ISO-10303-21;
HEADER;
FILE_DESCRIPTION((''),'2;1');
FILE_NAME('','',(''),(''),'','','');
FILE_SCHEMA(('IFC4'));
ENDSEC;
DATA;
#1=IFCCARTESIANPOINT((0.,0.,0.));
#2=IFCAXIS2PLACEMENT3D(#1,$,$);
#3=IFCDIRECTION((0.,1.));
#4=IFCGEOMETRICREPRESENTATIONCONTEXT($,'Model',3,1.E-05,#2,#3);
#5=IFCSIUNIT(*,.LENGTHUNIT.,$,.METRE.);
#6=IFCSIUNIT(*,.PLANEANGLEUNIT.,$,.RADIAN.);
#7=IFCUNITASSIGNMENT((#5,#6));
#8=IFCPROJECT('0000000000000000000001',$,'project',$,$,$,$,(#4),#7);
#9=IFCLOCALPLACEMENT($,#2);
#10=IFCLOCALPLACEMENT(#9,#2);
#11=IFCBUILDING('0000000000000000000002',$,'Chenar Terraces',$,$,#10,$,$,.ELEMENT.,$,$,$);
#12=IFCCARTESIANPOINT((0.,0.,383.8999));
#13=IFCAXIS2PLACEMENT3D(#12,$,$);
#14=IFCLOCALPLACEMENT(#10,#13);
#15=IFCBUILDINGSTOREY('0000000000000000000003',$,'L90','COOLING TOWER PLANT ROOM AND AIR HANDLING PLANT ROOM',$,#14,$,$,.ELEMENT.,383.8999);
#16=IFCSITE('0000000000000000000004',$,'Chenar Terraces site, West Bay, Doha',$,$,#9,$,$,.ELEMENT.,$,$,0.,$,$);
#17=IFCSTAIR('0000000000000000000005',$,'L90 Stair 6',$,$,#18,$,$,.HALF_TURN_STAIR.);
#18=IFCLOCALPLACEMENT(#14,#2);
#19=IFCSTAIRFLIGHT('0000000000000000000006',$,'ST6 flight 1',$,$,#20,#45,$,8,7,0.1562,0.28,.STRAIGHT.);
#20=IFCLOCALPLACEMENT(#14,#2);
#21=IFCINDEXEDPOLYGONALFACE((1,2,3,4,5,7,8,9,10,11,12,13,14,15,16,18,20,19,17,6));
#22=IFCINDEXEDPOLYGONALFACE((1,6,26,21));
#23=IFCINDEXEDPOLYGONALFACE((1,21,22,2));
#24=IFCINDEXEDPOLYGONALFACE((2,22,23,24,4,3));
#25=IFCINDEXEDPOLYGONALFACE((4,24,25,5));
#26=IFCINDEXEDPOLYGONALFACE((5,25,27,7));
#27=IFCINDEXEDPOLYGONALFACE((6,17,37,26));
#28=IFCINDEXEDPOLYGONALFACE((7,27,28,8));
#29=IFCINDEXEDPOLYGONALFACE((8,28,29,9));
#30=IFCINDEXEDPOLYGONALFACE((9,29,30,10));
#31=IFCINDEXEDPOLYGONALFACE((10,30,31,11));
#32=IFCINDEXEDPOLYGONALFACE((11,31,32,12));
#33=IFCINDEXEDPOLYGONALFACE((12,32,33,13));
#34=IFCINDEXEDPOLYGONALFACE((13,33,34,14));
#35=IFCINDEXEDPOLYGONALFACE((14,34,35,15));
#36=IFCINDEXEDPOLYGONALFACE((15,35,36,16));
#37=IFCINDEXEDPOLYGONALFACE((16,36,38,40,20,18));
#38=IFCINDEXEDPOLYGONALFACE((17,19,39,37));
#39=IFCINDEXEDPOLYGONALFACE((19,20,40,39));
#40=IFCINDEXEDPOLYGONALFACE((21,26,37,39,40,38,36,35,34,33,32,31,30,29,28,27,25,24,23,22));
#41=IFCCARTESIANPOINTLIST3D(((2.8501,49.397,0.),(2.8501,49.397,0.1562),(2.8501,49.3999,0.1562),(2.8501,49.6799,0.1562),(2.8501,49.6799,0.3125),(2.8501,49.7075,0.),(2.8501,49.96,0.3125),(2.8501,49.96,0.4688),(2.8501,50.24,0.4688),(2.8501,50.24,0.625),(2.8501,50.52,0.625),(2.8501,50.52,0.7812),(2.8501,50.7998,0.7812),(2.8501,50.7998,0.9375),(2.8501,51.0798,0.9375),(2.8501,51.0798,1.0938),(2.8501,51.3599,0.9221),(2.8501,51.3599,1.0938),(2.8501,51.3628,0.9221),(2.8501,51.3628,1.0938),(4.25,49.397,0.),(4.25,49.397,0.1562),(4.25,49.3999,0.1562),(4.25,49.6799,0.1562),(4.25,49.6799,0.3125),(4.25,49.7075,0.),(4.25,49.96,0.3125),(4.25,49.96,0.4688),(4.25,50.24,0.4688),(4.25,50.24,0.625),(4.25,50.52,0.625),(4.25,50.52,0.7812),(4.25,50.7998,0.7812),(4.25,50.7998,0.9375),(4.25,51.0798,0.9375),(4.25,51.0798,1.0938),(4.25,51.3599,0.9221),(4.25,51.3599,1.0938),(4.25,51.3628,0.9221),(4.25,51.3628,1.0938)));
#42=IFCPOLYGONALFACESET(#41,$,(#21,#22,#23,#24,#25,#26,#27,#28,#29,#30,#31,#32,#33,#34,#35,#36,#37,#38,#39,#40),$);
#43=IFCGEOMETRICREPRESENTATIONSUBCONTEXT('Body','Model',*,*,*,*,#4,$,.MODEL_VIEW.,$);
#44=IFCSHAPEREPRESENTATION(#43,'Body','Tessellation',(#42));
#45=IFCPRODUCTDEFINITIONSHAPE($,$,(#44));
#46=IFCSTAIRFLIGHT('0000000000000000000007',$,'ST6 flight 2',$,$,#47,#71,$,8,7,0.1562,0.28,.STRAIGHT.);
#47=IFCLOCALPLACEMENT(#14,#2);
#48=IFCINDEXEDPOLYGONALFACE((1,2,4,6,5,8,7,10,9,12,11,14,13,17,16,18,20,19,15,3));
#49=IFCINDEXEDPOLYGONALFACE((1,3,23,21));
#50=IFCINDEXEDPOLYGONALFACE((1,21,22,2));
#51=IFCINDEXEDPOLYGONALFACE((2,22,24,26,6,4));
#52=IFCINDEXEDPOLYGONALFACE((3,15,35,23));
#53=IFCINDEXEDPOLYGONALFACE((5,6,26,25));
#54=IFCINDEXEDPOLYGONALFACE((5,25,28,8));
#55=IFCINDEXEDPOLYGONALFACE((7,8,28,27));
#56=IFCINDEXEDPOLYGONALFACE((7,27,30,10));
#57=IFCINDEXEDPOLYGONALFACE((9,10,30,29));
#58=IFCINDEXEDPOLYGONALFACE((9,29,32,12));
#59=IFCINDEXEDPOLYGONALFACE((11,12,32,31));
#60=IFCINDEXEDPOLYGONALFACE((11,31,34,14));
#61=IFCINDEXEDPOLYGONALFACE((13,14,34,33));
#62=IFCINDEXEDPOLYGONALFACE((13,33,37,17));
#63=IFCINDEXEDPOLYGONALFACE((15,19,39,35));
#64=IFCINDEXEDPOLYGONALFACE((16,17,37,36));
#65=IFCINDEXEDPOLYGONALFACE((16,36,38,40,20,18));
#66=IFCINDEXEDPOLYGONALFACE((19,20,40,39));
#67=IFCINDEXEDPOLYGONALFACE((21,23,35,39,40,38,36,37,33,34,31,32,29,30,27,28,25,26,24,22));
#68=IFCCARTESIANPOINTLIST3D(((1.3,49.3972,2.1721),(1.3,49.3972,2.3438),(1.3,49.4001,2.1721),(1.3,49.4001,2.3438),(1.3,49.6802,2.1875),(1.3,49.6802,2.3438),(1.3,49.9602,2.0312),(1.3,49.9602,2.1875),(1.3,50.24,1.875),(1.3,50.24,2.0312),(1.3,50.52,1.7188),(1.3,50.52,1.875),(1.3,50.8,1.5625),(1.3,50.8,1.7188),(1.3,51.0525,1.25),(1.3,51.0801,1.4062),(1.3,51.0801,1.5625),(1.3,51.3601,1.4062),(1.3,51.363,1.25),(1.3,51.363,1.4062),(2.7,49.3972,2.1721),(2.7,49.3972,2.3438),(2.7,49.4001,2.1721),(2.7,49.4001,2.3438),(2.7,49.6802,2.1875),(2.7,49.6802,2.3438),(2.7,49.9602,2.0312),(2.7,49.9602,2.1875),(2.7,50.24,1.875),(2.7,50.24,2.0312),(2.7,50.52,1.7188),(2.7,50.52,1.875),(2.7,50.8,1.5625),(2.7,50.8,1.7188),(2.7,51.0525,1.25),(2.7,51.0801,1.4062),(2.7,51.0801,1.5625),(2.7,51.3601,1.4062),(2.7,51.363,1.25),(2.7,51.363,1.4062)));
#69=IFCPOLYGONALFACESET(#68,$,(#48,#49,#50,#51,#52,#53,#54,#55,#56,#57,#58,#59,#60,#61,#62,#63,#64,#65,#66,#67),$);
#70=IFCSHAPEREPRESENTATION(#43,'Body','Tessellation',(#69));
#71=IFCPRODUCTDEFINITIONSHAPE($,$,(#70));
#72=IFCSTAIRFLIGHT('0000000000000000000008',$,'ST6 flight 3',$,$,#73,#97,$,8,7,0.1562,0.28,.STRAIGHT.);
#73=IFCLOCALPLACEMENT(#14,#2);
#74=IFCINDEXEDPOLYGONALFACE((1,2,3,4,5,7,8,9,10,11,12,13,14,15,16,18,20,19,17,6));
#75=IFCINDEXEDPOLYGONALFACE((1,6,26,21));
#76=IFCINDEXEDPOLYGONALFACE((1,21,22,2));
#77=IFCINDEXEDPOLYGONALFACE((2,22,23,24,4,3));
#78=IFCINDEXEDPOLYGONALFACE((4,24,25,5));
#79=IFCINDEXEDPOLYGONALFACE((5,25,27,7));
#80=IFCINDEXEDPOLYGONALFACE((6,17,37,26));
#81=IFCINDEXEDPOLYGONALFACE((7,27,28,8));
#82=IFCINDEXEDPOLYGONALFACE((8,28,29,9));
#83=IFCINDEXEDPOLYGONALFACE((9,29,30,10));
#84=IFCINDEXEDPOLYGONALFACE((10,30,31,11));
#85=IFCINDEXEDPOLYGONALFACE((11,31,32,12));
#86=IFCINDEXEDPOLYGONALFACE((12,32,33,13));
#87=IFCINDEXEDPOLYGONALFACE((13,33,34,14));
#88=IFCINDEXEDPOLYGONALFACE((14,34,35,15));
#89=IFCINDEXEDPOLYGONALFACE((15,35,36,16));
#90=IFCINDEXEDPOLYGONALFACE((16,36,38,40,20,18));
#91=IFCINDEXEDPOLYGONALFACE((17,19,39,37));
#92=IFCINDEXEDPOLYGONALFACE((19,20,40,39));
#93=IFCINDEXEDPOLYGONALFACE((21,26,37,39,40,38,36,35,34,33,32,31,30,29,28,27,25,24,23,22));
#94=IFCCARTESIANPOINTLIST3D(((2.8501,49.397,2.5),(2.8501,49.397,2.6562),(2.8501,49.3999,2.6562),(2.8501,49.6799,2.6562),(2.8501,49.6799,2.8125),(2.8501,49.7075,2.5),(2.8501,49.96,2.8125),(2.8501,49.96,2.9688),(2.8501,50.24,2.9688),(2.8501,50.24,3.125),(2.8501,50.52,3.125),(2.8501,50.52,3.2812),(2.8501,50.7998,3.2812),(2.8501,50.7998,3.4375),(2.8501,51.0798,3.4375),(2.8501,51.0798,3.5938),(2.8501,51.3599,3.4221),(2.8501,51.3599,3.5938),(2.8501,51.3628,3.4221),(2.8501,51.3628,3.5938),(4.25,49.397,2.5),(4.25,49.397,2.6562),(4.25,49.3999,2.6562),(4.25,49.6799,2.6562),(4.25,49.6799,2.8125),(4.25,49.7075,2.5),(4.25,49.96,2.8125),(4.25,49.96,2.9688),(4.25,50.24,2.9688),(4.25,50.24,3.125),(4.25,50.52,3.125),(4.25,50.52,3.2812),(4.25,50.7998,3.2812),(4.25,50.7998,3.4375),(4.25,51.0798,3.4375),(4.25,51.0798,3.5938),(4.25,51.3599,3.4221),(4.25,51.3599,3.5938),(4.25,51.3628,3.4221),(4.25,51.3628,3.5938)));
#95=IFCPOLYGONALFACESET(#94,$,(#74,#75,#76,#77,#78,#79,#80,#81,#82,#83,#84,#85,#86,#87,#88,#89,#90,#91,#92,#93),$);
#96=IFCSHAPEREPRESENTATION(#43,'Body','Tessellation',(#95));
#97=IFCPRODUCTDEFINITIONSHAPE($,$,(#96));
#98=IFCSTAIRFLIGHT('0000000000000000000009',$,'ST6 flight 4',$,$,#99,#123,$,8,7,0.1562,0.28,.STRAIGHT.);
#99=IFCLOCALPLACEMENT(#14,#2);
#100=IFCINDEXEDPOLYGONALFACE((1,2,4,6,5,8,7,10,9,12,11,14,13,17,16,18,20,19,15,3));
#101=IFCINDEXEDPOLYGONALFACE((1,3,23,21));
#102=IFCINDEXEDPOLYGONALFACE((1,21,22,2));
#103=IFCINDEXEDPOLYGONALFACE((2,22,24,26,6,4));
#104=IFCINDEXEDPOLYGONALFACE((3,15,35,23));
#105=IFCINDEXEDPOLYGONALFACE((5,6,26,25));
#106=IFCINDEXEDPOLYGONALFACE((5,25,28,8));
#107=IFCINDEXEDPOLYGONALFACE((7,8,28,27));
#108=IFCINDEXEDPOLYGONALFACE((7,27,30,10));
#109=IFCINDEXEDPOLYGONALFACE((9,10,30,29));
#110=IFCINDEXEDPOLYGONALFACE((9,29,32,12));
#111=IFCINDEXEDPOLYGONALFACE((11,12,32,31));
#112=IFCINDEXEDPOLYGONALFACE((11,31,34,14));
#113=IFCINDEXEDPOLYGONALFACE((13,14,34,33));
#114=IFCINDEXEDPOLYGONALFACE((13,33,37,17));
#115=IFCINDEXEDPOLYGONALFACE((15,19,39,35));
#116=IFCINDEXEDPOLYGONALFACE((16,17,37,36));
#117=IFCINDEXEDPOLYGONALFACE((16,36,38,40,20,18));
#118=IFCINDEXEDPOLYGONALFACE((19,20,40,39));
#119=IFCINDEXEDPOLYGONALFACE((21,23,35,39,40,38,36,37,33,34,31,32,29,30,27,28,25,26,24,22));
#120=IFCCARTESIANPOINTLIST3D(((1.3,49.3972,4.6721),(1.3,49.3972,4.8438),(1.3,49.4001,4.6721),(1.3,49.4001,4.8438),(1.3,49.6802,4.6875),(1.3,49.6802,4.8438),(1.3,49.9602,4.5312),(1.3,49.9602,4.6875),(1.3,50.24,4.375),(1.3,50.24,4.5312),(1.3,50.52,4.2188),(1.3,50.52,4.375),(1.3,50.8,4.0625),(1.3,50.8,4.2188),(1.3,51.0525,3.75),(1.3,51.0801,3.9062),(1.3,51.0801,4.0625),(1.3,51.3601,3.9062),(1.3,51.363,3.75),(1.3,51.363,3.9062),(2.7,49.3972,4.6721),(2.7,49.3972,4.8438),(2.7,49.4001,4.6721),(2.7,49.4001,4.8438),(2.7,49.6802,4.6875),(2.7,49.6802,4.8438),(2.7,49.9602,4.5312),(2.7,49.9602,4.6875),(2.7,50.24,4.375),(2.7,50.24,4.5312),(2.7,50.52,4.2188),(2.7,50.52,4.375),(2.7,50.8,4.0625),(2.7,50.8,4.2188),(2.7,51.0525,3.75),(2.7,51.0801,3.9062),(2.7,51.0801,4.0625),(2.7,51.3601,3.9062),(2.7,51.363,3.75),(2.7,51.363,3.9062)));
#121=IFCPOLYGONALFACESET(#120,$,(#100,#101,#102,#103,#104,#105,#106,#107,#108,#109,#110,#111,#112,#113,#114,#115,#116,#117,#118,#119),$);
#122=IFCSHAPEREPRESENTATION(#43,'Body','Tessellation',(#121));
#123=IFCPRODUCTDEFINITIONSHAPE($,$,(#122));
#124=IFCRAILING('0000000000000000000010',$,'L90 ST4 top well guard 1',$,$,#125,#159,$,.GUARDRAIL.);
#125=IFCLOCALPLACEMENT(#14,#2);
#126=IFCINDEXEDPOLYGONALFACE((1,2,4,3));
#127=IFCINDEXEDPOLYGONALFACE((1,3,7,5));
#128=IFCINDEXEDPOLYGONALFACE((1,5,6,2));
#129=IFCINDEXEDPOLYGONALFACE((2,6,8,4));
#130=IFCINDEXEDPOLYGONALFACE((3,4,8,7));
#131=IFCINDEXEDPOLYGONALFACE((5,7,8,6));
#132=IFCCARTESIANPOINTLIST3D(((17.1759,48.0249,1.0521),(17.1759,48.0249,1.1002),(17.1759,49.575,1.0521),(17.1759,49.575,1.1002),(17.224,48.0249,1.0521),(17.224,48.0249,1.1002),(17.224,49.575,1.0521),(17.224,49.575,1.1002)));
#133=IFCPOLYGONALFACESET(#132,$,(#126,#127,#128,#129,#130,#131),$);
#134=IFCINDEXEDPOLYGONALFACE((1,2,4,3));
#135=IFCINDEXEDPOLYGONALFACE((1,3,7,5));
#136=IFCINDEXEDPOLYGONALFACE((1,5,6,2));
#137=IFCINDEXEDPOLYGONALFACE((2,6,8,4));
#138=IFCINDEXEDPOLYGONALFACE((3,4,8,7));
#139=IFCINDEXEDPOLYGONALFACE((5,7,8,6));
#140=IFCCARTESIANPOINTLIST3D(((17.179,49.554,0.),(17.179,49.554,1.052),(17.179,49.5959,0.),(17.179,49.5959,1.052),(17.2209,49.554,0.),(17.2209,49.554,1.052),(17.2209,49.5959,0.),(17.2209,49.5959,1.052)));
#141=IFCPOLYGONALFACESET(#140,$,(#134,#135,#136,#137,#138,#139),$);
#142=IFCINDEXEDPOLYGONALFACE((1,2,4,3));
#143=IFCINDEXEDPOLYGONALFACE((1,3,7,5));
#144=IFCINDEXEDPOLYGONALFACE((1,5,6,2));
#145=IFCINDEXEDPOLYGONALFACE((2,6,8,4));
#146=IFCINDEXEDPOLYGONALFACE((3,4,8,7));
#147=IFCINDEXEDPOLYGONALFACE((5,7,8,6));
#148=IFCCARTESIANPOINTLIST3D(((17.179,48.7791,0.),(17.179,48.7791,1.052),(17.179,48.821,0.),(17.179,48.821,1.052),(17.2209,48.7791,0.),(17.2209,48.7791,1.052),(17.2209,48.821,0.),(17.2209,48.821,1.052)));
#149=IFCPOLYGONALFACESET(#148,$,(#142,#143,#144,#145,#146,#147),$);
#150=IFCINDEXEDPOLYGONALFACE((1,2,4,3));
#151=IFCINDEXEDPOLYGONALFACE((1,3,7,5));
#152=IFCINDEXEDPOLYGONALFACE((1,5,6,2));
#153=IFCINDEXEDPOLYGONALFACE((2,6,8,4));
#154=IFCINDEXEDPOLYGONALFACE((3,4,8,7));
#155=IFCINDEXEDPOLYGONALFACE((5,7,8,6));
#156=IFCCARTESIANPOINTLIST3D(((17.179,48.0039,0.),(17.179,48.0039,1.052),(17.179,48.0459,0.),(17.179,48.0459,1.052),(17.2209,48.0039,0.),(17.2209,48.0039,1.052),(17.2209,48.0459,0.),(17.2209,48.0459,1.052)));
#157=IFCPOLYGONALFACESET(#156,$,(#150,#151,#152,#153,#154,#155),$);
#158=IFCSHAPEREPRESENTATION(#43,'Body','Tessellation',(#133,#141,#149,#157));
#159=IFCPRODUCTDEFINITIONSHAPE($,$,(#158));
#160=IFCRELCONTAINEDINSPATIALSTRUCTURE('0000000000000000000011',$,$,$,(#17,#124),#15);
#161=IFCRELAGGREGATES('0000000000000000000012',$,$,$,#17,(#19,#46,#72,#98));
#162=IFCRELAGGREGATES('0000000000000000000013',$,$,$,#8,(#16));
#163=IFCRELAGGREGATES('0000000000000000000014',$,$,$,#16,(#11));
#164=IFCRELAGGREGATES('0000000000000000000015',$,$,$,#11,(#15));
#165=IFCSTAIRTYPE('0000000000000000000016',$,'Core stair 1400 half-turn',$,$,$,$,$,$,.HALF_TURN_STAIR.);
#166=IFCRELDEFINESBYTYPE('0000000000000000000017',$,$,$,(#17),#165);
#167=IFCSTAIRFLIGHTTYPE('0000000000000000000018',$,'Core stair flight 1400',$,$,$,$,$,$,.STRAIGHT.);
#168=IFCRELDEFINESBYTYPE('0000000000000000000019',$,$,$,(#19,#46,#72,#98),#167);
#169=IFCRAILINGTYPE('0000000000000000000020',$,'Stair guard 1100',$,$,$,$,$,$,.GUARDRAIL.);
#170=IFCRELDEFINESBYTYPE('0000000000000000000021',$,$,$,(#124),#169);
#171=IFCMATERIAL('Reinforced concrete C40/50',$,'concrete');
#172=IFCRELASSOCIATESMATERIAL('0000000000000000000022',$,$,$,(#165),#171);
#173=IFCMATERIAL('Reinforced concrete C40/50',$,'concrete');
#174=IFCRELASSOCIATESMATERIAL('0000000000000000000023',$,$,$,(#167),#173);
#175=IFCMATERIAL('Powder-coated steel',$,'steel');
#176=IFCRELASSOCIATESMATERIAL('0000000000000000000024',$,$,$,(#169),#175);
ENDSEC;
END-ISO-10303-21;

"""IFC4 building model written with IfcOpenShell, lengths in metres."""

from ifc_helpers import new_model, si_unit, direction, frame, origin, origin_2d, place, context, subcontext, project, spatial, polyline, rectangle, outline, extrude, material, type_object, element, aggregate, save


model = new_model("IFC4")

# Units and contexts
model_context = context("Model", 3, precision=1e-05, world=origin(), true_north=direction((0.0, 1.0)))
body_context = subcontext(model_context, "Body", "Model", "MODEL_VIEW")
ifc_project = project(units=[si_unit("LENGTHUNIT", "METRE"), si_unit("PLANEANGLEUNIT", "RADIAN")], contexts=[model_context])

# Site, building, storey
site_placement = place(None, origin())
site = spatial("IfcSite", under=ifc_project, at=site_placement, Name="Chenar Terraces site, West Bay, Doha", CompositionType="ELEMENT", RefElevation=0.0)
building_placement = place(site_placement, origin())
building = spatial("IfcBuilding", under=site, at=building_placement, Name="Chenar Terraces", CompositionType="ELEMENT")
storey_placement = place(building_placement, frame((0.0, 0.0, 383.8999)))
storey = spatial("IfcBuildingStorey", under=building, at=storey_placement, Name="L90", Description="COOLING TOWER PLANT ROOM AND AIR HANDLING PLANT ROOM", CompositionType="ELEMENT", Elevation=383.8999)

# Stair, stair flights
ifc_material_1 = material(Name="Reinforced concrete C40/50", Category="concrete")
stair_type = type_object("IfcStairType", Name="Core stair 1400 half-turn", PredefinedType="HALF_TURN_STAIR", material=ifc_material_1)
stair_placement = place(storey_placement, origin())
stair = element("IfcStair", 1, at=stair_placement, inside=storey, type_object=stair_type, Name="L90 Stair 6", PredefinedType="HALF_TURN_STAIR")
ifc_material_2 = material(Name="Reinforced concrete C40/50", Category="concrete")
stair_flight_type = type_object("IfcStairFlightType", Name="Core stair flight 1400", PredefinedType="STRAIGHT", material=ifc_material_2)
stair_flight_1_placement = place(storey_placement, frame((3.55, 49.3999, 0.0), z_axis=(0.0, 0.0, 1.0), x_axis=(0.0, 1.0, 0.0)))
stair_flight_1 = element("IfcStairFlight", 2, at=stair_flight_1_placement, type_object=stair_flight_type, Name="ST6 flight 1", NumberOfRisers=8, NumberOfTreads=7, PredefinedType="STRAIGHT", RiserHeight=0.1562, TreadLength=0.28, context=body_context, shape_type="SweptSolid", body=[
    extrude(outline(polyline([(-0.0029, 0.0), (-0.0029, 0.1562), (0.0, 0.1562), (0.28, 0.1562), (0.28, 0.3125), (0.5601, 0.3125), (0.5601, 0.4688), (0.8401, 0.4688), (0.8401, 0.625), (1.1201, 0.625), (1.1201, 0.7812), (1.3999, 0.7812), (1.3999, 0.9375), (1.6799, 0.9375), (1.6799, 1.0938), (1.96, 1.0938), (1.9629, 1.0938), (1.9629, 0.9221), (1.96, 0.9221), (0.3076, 0.0), (-0.0029, 0.0)])), frame((0.0, 0.7, 0.0), z_axis=(0.0, -1.0, 0.0), x_axis=(1.0, 0.0, 0.0)), (0.0, 0.0, 1.0), 1.3999),
])
stair_flight_2_placement = place(storey_placement, frame((2.0, 51.3601, 1.25), z_axis=(0.0, 0.0, 1.0), x_axis=(0.0, -1.0, 0.0)))
stair_flight_2 = element("IfcStairFlight", 3, at=stair_flight_2_placement, type_object=stair_flight_type, Name="ST6 flight 2", NumberOfRisers=8, NumberOfTreads=7, PredefinedType="STRAIGHT", RiserHeight=0.1562, TreadLength=0.28, context=body_context, shape_type="SweptSolid", body=[
    extrude(outline(polyline([(-0.0029, 0.0), (-0.0029, 0.1562), (0.0, 0.1562), (0.28, 0.1562), (0.28, 0.3125), (0.5601, 0.3125), (0.5601, 0.4688), (0.8401, 0.4688), (0.8401, 0.625), (1.1201, 0.625), (1.1201, 0.7812), (1.3999, 0.7812), (1.3999, 0.9375), (1.6799, 0.9375), (1.6799, 1.0938), (1.96, 1.0938), (1.9629, 1.0938), (1.9629, 0.9221), (1.96, 0.9221), (0.3076, 0.0), (-0.0029, 0.0)])), frame((0.0, 0.7, 0.0), z_axis=(0.0, -1.0, 0.0), x_axis=(1.0, 0.0, 0.0)), (0.0, 0.0, 1.0), 1.3999),
])
stair_flight_3_placement = place(storey_placement, frame((3.55, 49.3999, 2.5), z_axis=(0.0, 0.0, 1.0), x_axis=(0.0, 1.0, 0.0)))
stair_flight_3 = element("IfcStairFlight", 4, at=stair_flight_3_placement, type_object=stair_flight_type, Name="ST6 flight 3", NumberOfRisers=8, NumberOfTreads=7, PredefinedType="STRAIGHT", RiserHeight=0.1562, TreadLength=0.28, context=body_context, shape_type="SweptSolid", body=[
    extrude(outline(polyline([(-0.0029, 0.0), (-0.0029, 0.1562), (0.0, 0.1562), (0.28, 0.1562), (0.28, 0.3125), (0.5601, 0.3125), (0.5601, 0.4688), (0.8401, 0.4688), (0.8401, 0.625), (1.1201, 0.625), (1.1201, 0.7812), (1.3999, 0.7812), (1.3999, 0.9375), (1.6799, 0.9375), (1.6799, 1.0938), (1.96, 1.0938), (1.9629, 1.0938), (1.9629, 0.9221), (1.96, 0.9221), (0.3076, 0.0), (-0.0029, 0.0)])), frame((0.0, 0.7, 0.0), z_axis=(0.0, -1.0, 0.0), x_axis=(1.0, 0.0, 0.0)), (0.0, 0.0, 1.0), 1.3999),
])
stair_flight_4_placement = place(storey_placement, frame((2.0, 51.3601, 3.75), z_axis=(0.0, 0.0, 1.0), x_axis=(0.0, -1.0, 0.0)))
stair_flight_4 = element("IfcStairFlight", 5, at=stair_flight_4_placement, type_object=stair_flight_type, Name="ST6 flight 4", NumberOfRisers=8, NumberOfTreads=7, PredefinedType="STRAIGHT", RiserHeight=0.1562, TreadLength=0.28, context=body_context, shape_type="SweptSolid", body=[
    extrude(outline(polyline([(-0.0029, 0.0), (-0.0029, 0.1562), (0.0, 0.1562), (0.28, 0.1562), (0.28, 0.3125), (0.5601, 0.3125), (0.5601, 0.4688), (0.8401, 0.4688), (0.8401, 0.625), (1.1201, 0.625), (1.1201, 0.7812), (1.3999, 0.7812), (1.3999, 0.9375), (1.6799, 0.9375), (1.6799, 1.0938), (1.96, 1.0938), (1.9629, 1.0938), (1.9629, 0.9221), (1.96, 0.9221), (0.3076, 0.0), (-0.0029, 0.0)])), frame((0.0, 0.7, 0.0), z_axis=(0.0, -1.0, 0.0), x_axis=(1.0, 0.0, 0.0)), (0.0, 0.0, 1.0), 1.3999),
])
aggregate(stair, [stair_flight_1, stair_flight_2, stair_flight_3, stair_flight_4])

# Railing
ifc_material_3 = material(Name="Powder-coated steel", Category="steel")
railing_type_1 = type_object("IfcRailingType", Name="Stair guard 1100", PredefinedType="GUARDRAIL", material=ifc_material_3)
railing_1_placement = place(storey_placement, frame((17.2, 49.575, 0.0)))
element("IfcRailing", 6, at=railing_1_placement, inside=storey, type_object=railing_type_1, Name="L90 ST4 top well guard 1", PredefinedType="GUARDRAIL", context=body_context, shape_type="SweptSolid", body=[
    extrude(rectangle(XDim=0.0481, YDim=0.0481, at=origin_2d()), frame((0.0, 0.0, 1.0762), z_axis=(0.0, -1.0, 0.0), x_axis=(1.0, 0.0, 0.0)), (0.0, 0.0, 1.0), 1.55),
    extrude(rectangle(XDim=0.042, YDim=0.042, at=origin_2d()), origin(), (0.0, 0.0, 1.0), 1.052),
    extrude(rectangle(XDim=0.042, YDim=0.042, at=origin_2d()), frame((0.0, -0.7749, 0.0)), (0.0, 0.0, 1.0), 1.052),
    extrude(rectangle(XDim=0.042, YDim=0.042, at=origin_2d()), frame((0.0, -1.55, 0.0)), (0.0, 0.0, 1.0), 1.052),
])

save(model, "model.ifc")
